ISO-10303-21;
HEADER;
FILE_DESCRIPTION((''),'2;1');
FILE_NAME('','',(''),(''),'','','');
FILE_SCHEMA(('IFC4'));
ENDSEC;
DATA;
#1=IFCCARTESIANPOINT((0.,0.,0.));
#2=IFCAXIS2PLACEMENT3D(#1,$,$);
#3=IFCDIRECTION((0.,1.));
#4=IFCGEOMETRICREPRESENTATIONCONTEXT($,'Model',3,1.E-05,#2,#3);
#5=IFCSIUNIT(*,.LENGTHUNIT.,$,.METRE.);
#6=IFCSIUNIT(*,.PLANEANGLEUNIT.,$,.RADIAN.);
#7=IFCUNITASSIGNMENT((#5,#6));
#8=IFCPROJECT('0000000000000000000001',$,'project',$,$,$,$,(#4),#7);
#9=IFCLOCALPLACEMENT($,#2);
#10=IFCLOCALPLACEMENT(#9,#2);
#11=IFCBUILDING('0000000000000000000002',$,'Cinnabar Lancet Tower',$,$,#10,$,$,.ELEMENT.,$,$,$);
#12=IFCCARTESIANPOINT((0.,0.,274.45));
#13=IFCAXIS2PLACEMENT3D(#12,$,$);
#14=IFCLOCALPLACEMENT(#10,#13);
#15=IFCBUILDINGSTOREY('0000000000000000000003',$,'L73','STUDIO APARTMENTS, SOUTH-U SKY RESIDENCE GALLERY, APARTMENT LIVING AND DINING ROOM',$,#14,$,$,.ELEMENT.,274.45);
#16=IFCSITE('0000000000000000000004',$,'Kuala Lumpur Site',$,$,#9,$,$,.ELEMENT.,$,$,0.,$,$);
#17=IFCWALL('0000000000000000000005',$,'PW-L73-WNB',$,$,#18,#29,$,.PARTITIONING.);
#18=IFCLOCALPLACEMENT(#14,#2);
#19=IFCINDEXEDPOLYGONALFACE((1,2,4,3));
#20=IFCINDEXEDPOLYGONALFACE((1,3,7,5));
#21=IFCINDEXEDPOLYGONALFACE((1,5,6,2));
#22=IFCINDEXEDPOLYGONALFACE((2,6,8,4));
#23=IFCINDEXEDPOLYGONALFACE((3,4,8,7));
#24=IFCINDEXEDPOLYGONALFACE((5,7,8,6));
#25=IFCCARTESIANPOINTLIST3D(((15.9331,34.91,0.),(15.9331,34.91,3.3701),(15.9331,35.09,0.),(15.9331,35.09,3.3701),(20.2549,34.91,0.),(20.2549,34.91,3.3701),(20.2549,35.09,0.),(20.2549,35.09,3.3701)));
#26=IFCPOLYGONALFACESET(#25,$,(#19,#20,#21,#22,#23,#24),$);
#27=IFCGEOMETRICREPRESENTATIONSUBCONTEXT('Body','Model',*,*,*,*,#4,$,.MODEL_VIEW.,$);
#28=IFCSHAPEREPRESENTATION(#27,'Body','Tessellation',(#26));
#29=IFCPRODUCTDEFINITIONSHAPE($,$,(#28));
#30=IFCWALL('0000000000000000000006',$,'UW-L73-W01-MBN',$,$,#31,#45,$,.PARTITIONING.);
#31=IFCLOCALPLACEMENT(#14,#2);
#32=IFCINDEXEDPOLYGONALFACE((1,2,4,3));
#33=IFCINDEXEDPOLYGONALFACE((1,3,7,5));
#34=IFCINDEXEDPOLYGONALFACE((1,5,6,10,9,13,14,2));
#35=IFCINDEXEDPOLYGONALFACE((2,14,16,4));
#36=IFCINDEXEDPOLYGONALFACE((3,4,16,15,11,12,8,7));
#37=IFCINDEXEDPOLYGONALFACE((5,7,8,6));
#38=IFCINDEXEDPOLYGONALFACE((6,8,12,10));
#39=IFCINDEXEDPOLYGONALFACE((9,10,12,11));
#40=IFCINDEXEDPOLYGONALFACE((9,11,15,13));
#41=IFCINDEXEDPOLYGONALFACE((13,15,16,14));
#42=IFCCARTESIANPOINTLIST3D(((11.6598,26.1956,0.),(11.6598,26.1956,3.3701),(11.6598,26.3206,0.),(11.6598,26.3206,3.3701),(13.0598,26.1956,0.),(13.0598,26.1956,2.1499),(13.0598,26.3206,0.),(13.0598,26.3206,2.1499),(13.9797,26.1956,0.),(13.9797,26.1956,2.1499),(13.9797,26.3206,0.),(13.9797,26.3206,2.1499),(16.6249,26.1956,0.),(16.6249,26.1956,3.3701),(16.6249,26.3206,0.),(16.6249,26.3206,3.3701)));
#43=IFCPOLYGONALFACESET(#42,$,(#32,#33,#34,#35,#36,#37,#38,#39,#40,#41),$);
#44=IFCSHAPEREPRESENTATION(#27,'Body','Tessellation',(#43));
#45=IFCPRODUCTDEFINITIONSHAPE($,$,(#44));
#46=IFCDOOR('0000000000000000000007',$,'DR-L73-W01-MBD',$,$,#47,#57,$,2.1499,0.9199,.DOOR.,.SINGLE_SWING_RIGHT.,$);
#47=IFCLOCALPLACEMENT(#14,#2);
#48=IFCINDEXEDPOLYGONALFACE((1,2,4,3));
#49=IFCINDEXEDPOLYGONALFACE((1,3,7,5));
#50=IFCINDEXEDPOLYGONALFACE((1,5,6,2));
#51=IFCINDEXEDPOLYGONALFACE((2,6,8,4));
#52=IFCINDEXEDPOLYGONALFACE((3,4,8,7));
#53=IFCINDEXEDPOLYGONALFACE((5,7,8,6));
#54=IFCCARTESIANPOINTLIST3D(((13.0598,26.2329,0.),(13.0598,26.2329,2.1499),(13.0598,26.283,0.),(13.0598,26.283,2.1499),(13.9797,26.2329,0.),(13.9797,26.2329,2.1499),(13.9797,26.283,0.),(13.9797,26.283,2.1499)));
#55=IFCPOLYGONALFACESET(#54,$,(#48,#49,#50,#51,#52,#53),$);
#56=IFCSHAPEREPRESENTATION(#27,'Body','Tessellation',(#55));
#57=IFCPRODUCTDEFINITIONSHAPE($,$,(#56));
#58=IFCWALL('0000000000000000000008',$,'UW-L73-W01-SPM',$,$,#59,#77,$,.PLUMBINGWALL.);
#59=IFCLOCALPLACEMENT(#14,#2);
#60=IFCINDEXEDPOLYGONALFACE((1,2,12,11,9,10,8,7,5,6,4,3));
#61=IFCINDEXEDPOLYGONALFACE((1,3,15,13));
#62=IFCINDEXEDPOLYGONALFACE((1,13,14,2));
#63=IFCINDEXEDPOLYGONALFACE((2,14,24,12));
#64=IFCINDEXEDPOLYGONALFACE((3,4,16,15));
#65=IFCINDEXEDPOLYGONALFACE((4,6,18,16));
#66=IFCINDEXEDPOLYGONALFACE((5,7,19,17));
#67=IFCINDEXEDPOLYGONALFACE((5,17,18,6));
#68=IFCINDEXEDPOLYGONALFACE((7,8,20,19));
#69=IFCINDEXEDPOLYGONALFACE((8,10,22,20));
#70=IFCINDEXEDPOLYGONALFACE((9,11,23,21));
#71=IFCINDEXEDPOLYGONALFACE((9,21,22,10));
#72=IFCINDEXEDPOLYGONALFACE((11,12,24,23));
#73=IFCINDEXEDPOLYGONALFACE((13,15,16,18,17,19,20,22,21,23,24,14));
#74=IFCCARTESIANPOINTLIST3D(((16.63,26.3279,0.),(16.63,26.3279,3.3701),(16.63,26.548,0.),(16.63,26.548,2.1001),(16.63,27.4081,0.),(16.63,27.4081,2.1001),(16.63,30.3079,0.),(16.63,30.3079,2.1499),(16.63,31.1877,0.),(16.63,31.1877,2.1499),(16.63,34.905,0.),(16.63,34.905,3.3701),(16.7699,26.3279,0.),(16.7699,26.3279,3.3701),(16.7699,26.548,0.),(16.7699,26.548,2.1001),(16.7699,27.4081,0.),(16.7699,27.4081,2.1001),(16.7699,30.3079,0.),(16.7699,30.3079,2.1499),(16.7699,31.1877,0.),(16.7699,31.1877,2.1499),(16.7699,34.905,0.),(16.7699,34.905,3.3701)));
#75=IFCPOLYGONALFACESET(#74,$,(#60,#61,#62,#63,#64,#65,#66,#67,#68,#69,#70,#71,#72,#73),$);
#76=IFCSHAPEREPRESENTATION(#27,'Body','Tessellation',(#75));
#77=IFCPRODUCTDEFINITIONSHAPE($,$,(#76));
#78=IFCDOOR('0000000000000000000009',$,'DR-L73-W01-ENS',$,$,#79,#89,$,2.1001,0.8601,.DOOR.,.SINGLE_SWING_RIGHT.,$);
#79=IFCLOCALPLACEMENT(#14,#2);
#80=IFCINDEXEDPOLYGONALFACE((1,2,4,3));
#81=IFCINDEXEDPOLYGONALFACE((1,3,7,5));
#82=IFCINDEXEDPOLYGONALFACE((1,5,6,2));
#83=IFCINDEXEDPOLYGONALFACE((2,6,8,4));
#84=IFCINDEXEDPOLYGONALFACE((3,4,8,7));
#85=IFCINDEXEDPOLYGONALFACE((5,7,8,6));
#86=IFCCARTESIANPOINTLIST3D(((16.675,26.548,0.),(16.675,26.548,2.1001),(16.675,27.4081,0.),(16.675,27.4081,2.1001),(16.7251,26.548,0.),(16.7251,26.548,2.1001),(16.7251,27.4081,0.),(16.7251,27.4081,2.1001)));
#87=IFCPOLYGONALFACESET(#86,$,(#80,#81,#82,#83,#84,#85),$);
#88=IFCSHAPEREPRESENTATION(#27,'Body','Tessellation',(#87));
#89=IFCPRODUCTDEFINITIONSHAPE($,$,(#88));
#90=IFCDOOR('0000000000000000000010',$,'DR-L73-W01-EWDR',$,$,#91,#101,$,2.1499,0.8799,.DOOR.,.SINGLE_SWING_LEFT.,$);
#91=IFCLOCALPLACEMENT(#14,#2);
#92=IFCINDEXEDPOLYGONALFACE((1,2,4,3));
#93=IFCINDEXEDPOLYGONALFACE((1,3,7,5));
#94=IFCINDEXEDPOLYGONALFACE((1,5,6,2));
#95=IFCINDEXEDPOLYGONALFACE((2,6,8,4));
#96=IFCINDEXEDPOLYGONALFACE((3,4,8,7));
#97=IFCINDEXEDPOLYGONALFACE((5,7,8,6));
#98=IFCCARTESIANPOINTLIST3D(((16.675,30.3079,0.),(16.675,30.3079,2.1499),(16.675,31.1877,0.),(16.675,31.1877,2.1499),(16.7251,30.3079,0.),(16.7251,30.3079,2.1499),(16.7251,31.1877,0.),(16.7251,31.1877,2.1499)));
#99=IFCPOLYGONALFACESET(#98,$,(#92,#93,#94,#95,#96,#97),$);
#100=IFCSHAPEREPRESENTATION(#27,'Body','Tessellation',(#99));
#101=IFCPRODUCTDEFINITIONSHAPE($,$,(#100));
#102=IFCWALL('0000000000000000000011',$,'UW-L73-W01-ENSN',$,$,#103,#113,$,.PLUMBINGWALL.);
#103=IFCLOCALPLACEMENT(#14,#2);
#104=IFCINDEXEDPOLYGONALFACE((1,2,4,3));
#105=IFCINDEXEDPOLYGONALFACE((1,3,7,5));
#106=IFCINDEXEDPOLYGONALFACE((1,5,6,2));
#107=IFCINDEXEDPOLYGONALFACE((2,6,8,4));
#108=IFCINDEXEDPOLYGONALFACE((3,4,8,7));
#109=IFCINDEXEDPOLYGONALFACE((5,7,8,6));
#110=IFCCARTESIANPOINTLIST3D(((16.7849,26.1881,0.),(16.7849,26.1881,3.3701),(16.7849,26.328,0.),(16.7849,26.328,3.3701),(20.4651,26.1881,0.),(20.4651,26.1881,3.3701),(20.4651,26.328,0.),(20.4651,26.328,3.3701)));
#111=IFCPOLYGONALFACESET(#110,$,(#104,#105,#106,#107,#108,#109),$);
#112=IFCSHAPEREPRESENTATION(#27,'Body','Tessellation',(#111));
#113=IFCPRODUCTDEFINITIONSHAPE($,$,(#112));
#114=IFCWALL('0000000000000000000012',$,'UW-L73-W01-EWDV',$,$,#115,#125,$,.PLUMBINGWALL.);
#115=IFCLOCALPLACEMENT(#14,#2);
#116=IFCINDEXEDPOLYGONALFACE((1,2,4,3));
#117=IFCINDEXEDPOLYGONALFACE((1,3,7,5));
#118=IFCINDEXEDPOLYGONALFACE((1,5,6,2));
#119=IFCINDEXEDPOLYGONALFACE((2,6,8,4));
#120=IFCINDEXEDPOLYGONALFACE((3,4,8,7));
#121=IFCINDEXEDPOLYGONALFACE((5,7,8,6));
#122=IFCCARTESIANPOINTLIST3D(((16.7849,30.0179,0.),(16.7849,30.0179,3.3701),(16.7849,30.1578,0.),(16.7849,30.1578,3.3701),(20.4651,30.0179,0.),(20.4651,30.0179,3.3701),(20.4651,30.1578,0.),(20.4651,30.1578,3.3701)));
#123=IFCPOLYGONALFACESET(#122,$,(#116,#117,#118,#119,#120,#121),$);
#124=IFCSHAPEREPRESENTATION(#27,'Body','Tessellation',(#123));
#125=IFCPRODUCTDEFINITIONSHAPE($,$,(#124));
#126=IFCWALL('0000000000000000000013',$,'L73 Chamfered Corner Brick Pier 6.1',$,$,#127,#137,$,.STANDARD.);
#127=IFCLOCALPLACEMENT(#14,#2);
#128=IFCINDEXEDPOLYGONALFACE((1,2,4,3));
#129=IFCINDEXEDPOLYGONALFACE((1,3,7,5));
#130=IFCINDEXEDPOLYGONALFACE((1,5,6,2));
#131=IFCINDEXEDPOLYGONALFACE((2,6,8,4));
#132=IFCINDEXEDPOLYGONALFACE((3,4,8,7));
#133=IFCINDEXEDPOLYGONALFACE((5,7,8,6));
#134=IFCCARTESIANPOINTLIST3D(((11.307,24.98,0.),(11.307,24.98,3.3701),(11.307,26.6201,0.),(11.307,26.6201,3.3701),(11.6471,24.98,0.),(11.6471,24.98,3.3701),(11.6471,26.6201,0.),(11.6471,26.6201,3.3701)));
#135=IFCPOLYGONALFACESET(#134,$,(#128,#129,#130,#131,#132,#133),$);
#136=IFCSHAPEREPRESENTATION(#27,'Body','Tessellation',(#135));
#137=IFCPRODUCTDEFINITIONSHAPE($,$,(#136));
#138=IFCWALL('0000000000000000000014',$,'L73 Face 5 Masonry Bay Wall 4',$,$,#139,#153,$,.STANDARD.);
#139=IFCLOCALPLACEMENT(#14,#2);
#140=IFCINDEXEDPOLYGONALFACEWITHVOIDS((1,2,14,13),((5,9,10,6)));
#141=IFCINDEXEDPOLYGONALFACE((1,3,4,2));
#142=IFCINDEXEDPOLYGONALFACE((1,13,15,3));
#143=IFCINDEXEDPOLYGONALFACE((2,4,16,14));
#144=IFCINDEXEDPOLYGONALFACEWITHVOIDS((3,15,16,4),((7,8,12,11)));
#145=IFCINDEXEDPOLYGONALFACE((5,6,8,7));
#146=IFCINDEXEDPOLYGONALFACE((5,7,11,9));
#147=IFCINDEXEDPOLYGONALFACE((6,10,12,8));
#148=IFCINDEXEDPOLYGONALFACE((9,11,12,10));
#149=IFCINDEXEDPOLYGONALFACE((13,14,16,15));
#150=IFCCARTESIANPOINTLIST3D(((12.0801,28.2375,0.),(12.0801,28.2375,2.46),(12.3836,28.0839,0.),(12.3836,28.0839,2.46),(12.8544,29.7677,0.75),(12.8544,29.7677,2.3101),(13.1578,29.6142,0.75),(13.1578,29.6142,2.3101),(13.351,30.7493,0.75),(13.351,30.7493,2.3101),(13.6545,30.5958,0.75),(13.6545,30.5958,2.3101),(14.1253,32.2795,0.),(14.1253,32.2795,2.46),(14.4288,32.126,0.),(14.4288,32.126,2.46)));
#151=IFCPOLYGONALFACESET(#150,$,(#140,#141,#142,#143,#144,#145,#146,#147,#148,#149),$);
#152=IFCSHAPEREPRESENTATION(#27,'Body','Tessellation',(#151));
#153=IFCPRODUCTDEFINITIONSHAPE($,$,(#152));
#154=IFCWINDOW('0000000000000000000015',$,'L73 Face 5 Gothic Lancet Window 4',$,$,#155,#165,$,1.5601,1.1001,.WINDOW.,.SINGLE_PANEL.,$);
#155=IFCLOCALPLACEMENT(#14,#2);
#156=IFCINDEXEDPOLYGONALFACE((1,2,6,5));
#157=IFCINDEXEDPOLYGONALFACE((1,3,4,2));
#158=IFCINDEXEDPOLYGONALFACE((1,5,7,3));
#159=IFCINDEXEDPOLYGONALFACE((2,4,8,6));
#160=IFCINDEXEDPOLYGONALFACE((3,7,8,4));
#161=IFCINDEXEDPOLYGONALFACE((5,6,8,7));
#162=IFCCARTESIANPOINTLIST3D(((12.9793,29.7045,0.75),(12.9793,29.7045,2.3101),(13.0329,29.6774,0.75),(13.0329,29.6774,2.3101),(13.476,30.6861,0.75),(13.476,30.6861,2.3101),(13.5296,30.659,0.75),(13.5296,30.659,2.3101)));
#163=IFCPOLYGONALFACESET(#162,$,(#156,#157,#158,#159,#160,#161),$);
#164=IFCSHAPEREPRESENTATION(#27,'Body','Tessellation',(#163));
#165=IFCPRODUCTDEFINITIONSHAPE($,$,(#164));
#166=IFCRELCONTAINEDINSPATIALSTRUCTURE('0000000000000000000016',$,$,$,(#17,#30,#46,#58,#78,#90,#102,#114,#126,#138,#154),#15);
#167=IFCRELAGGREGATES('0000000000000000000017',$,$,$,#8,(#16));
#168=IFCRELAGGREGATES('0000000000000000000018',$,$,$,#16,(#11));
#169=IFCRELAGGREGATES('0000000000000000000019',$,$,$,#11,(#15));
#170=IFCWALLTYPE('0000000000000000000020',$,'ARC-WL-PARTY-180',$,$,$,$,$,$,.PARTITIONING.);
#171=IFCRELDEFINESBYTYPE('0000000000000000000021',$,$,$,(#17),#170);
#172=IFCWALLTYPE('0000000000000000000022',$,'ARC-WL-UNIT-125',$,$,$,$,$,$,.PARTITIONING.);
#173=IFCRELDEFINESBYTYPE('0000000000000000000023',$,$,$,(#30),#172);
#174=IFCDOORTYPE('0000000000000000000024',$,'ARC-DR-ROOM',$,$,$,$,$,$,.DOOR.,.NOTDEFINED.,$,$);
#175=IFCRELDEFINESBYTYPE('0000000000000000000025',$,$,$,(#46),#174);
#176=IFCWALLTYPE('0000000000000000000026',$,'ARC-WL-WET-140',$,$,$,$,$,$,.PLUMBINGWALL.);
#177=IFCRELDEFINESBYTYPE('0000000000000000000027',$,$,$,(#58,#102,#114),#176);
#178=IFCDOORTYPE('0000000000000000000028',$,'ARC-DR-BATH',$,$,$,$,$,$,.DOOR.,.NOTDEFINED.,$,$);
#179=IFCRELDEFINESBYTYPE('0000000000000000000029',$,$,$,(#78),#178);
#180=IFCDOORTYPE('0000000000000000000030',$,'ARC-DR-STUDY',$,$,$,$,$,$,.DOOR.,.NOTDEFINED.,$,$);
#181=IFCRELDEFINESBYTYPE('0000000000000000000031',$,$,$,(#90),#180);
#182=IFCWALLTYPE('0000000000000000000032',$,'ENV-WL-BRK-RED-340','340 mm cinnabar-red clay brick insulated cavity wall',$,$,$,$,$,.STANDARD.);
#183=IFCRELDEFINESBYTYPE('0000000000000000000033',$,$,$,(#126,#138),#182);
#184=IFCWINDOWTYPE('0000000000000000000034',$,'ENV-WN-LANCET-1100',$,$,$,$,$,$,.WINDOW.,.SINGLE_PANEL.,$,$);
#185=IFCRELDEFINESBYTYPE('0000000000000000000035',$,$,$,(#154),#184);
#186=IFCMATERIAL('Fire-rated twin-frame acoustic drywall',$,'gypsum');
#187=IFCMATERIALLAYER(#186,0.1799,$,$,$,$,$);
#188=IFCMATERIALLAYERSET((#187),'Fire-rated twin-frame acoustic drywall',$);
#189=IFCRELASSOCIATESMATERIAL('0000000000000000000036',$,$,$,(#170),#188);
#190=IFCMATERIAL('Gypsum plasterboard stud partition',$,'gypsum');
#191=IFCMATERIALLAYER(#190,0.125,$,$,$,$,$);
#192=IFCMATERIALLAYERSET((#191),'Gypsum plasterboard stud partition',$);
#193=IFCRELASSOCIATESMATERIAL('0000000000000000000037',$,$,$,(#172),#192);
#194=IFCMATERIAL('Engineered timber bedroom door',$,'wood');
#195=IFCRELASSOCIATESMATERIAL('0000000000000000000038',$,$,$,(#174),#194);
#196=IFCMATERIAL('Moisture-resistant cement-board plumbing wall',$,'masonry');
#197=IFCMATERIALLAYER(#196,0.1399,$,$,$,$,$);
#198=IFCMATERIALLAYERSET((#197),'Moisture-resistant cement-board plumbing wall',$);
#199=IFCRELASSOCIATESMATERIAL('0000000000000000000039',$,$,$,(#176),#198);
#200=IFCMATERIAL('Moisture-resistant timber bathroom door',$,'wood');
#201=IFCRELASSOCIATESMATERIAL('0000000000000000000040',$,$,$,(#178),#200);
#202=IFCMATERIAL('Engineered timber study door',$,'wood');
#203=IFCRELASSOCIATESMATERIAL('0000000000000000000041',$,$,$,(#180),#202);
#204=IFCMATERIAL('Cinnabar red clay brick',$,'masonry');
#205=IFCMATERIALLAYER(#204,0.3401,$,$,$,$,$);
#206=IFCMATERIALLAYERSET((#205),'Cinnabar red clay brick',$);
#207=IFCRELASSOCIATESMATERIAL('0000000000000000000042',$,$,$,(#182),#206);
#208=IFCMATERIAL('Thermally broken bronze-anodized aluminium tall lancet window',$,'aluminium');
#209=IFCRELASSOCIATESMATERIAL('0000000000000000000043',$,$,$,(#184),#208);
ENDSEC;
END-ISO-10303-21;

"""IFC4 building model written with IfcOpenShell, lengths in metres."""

from ifc_helpers import new_model, si_unit, direction, frame, frame_2d, origin, place, context, subcontext, project, spatial, rectangle, extrude, material, layer, layer_set, type_object, element, fill, save


model = new_model("IFC4")

# Units and contexts
model_context = context("Model", 3, precision=1e-05, world=origin(), true_north=direction((0.0, 1.0)))
body_context = subcontext(model_context, "Body", "Model", "MODEL_VIEW")
ifc_project = project(units=[si_unit("LENGTHUNIT", "METRE"), si_unit("PLANEANGLEUNIT", "RADIAN")], contexts=[model_context])

# Site, building, storey
site_placement = place(None, origin())
site = spatial("IfcSite", under=ifc_project, at=site_placement, Name="Kuala Lumpur Site", CompositionType="ELEMENT", RefElevation=0.0)
building_placement = place(site_placement, origin())
building = spatial("IfcBuilding", under=site, at=building_placement, Name="Cinnabar Lancet Tower", CompositionType="ELEMENT")
storey_placement = place(building_placement, frame((0.0, 0.0, 274.45)))
storey = spatial("IfcBuildingStorey", under=building, at=storey_placement, Name="L73", Description="STUDIO APARTMENTS, SOUTH-U SKY RESIDENCE GALLERY, APARTMENT LIVING AND DINING ROOM", CompositionType="ELEMENT", Elevation=274.45)

# Wall
ifc_material_1 = material(Name="Fire-rated twin-frame acoustic drywall", Category="gypsum")
ifc_layer_1 = layer(ifc_material_1, 0.1799)
ifc_layer_set_1 = layer_set([ifc_layer_1], Name="Fire-rated twin-frame acoustic drywall")
wall_type_1 = type_object("IfcWallType", Name="ARC-WL-PARTY-180", PredefinedType="PARTITIONING", material=ifc_layer_set_1)
wall_1_placement = place(storey_placement, frame((15.9331, 35.0, 0.0), z_axis=(0.0, 0.0, 1.0), x_axis=(1.0, 0.0, 0.0)))
element("IfcWall", 1, at=wall_1_placement, inside=storey, type_object=wall_type_1, Name="PW-L73-WNB", PredefinedType="PARTITIONING", context=body_context, shape_type="SweptSolid", body=[
    extrude(rectangle(XDim=4.3218, YDim=0.1799, at=frame_2d((2.1609, 0.0))), origin(), (0.0, 0.0, 1.0), 3.3701),
])

# Wall, opening, door
ifc_material_2 = material(Name="Gypsum plasterboard stud partition", Category="gypsum")
ifc_layer_2 = layer(ifc_material_2, 0.125)
ifc_layer_set_2 = layer_set([ifc_layer_2], Name="Gypsum plasterboard stud partition")
wall_type_2 = type_object("IfcWallType", Name="ARC-WL-UNIT-125", PredefinedType="PARTITIONING", material=ifc_layer_set_2)
wall_2_placement = place(storey_placement, frame((11.6599, 26.2581, 0.0), z_axis=(0.0, 0.0, 1.0), x_axis=(1.0, 0.0, 0.0)))
wall_2 = element("IfcWall", 2, at=wall_2_placement, inside=storey, type_object=wall_type_2, Name="UW-L73-W01-MBN", PredefinedType="PARTITIONING", context=body_context, shape_type="SweptSolid", body=[
    extrude(rectangle(XDim=4.9651, YDim=0.125, at=frame_2d((2.4824, 0.0))), origin(), (0.0, 0.0, 1.0), 3.3701),
])
opening_1_placement = place(wall_2_placement, frame((1.3999, 0.0, 0.0)))
opening_1 = element("IfcOpeningElement", 3, at=opening_1_placement, cuts=wall_2, PredefinedType="OPENING", context=body_context, shape_type="SweptSolid", body=[
    extrude(rectangle(XDim=0.9199, YDim=2.1499, at=frame_2d((0.46, 1.075))), frame((0.0, 0.0725, 0.0), z_axis=(0.0, -1.0, 0.0), x_axis=(1.0, 0.0, 0.0)), (0.0, 0.0, 1.0), 0.145),
])
ifc_material_3 = material(Name="Engineered timber bedroom door", Category="wood")
door_type_1 = type_object("IfcDoorType", Name="ARC-DR-ROOM", OperationType="NOTDEFINED", PredefinedType="DOOR", material=ifc_material_3)
door_1_placement = place(opening_1_placement, origin())
door_1 = element("IfcDoor", 4, at=door_1_placement, inside=storey, type_object=door_type_1, Name="DR-L73-W01-MBD", OperationType="SINGLE_SWING_RIGHT", OverallHeight=2.1499, OverallWidth=0.9199, PredefinedType="DOOR", context=body_context, shape_type="SweptSolid", body=[
    extrude(rectangle(XDim=0.9199, YDim=2.1499, at=frame_2d((0.46, 1.075))), frame((0.0, 0.0249, 0.0), z_axis=(0.0, -1.0, 0.0), x_axis=(1.0, 0.0, 0.0)), (0.0, 0.0, 1.0), 0.05),
])
fill(opening_1, door_1)

# Wall, openings, doors
ifc_material_4 = material(Name="Moisture-resistant cement-board plumbing wall", Category="masonry")
ifc_layer_3 = layer(ifc_material_4, 0.1399)
ifc_layer_set_3 = layer_set([ifc_layer_3], Name="Moisture-resistant cement-board plumbing wall")
wall_type_3 = type_object("IfcWallType", Name="ARC-WL-WET-140", PredefinedType="PLUMBINGWALL", material=ifc_layer_set_3)
wall_3_placement = place(storey_placement, frame((16.7, 26.3279, 0.0), z_axis=(0.0, 0.0, 1.0), x_axis=(0.0, 1.0, 0.0)))
wall_3 = element("IfcWall", 5, at=wall_3_placement, inside=storey, type_object=wall_type_3, Name="UW-L73-W01-SPM", PredefinedType="PLUMBINGWALL", context=body_context, shape_type="SweptSolid", body=[
    extrude(rectangle(XDim=8.5771, YDim=0.1399, at=frame_2d((4.2886, 0.0))), origin(), (0.0, 0.0, 1.0), 3.3701),
])
opening_2_placement = place(wall_3_placement, frame((0.22, 0.0, 0.0)))
opening_2 = element("IfcOpeningElement", 6, at=opening_2_placement, cuts=wall_3, PredefinedType="OPENING", context=body_context, shape_type="SweptSolid", body=[
    extrude(rectangle(XDim=0.8601, YDim=2.1001, at=frame_2d((0.4302, 1.05))), frame((0.0, 0.0798, 0.0), z_axis=(0.0, -1.0, 0.0), x_axis=(1.0, 0.0, 0.0)), (0.0, 0.0, 1.0), 0.1599),
])
opening_3_placement = place(wall_3_placement, frame((3.98, 0.0, 0.0)))
opening_3 = element("IfcOpeningElement", 7, at=opening_3_placement, cuts=wall_3, PredefinedType="OPENING", context=body_context, shape_type="SweptSolid", body=[
    extrude(rectangle(XDim=0.8799, YDim=2.1499, at=frame_2d((0.4399, 1.075))), frame((0.0, 0.0798, 0.0), z_axis=(0.0, -1.0, 0.0), x_axis=(1.0, 0.0, 0.0)), (0.0, 0.0, 1.0), 0.1599),
])
ifc_material_5 = material(Name="Moisture-resistant timber bathroom door", Category="wood")
door_type_2 = type_object("IfcDoorType", Name="ARC-DR-BATH", OperationType="NOTDEFINED", PredefinedType="DOOR", material=ifc_material_5)
door_2_placement = place(opening_2_placement, origin())
door_2 = element("IfcDoor", 8, at=door_2_placement, inside=storey, type_object=door_type_2, Name="DR-L73-W01-ENS", OperationType="SINGLE_SWING_RIGHT", OverallHeight=2.1001, OverallWidth=0.8601, PredefinedType="DOOR", context=body_context, shape_type="SweptSolid", body=[
    extrude(rectangle(XDim=0.8601, YDim=2.1001, at=frame_2d((0.4302, 1.05))), frame((0.0, 0.0249, 0.0), z_axis=(0.0, -1.0, 0.0), x_axis=(1.0, 0.0, 0.0)), (0.0, 0.0, 1.0), 0.05),
])
fill(opening_2, door_2)
ifc_material_6 = material(Name="Engineered timber study door", Category="wood")
door_type_3 = type_object("IfcDoorType", Name="ARC-DR-STUDY", OperationType="NOTDEFINED", PredefinedType="DOOR", material=ifc_material_6)
door_3_placement = place(opening_3_placement, origin())
door_3 = element("IfcDoor", 9, at=door_3_placement, inside=storey, type_object=door_type_3, Name="DR-L73-W01-EWDR", OperationType="SINGLE_SWING_LEFT", OverallHeight=2.1499, OverallWidth=0.8799, PredefinedType="DOOR", context=body_context, shape_type="SweptSolid", body=[
    extrude(rectangle(XDim=0.8799, YDim=2.1499, at=frame_2d((0.4399, 1.075))), frame((0.0, 0.0249, 0.0), z_axis=(0.0, -1.0, 0.0), x_axis=(1.0, 0.0, 0.0)), (0.0, 0.0, 1.0), 0.05),
])
fill(opening_3, door_3)

# Walls
for number, where, z_axis, x_axis, name in (
    (10, (16.7849, 26.2581, 0.0), (0.0, 0.0, 1.0), (1.0, 0.0, 0.0), "UW-L73-W01-ENSN"),
    (11, (16.7849, 30.0879, 0.0), (0.0, 0.0, 1.0), (1.0, 0.0, 0.0), "UW-L73-W01-EWDV"),
):
    element("IfcWall", number, at=place(storey_placement, frame(where, z_axis=z_axis, x_axis=x_axis)), inside=storey, type_object=wall_type_3, Name=name, PredefinedType="PLUMBINGWALL", context=body_context, shape_type="SweptSolid", body=[
        extrude(rectangle(XDim=3.6802, YDim=0.1399, at=frame_2d((1.8401, 0.0))), origin(), (0.0, 0.0, 1.0), 3.3701),
    ])
ifc_material_7 = material(Name="Cinnabar red clay brick", Category="masonry")
ifc_layer_4 = layer(ifc_material_7, 0.3401)
ifc_layer_set_4 = layer_set([ifc_layer_4], Name="Cinnabar red clay brick")
wall_type_4 = type_object("IfcWallType", Name="ENV-WL-BRK-RED-340", Description="340 mm cinnabar-red clay brick insulated cavity wall", PredefinedType="STANDARD", material=ifc_layer_set_4)
wall_4_placement = place(storey_placement, frame((11.4771, 26.6201, 0.0), z_axis=(0.0, 0.0, 1.0), x_axis=(0.0, -1.0, 0.0)))
element("IfcWall", 12, at=wall_4_placement, inside=storey, type_object=wall_type_4, Name="L73 Chamfered Corner Brick Pier 6.1", PredefinedType="STANDARD", context=body_context, shape_type="SweptSolid", body=[
    extrude(rectangle(XDim=1.6401, YDim=0.3401, at=frame_2d((0.8201, 0.0))), origin(), (0.0, 0.0, 1.0), 3.3701),
])

# Wall, opening, window
wall_5_placement = place(storey_placement, frame((14.2771, 32.2029, 0.0), z_axis=(0.0, 0.0, 1.0), x_axis=(-0.451477, -0.892283, 0.0)))
wall_5 = element("IfcWall", 13, at=wall_5_placement, inside=storey, type_object=wall_type_4, Name="L73 Face 5 Masonry Bay Wall 4", PredefinedType="STANDARD", context=body_context, shape_type="SweptSolid", body=[
    extrude(rectangle(XDim=4.53, YDim=0.3401, at=frame_2d((2.2651, 0.0))), origin(), (0.0, 0.0, 1.0), 2.46),
])
opening_4_placement = place(wall_5_placement, frame((1.7151, 0.0, 0.75)))
opening_4 = element("IfcOpeningElement", 14, at=opening_4_placement, cuts=wall_5, PredefinedType="OPENING", context=body_context, shape_type="SweptSolid", body=[
    extrude(rectangle(XDim=1.1001, YDim=1.5601, at=frame_2d((0.55, 0.78))), frame((0.0, 0.1799, 0.0), z_axis=(0.0, -1.0, 0.0), x_axis=(1.0, 0.0, 0.0)), (0.0, 0.0, 1.0), 0.3601),
])
ifc_material_8 = material(Name="Thermally broken bronze-anodized aluminium tall lancet window", Category="aluminium")
window_type = type_object("IfcWindowType", Name="ENV-WN-LANCET-1100", PartitioningType="SINGLE_PANEL", PredefinedType="WINDOW", material=ifc_material_8)
window_placement = place(opening_4_placement, origin())
window = element("IfcWindow", 15, at=window_placement, inside=storey, type_object=window_type, Name="L73 Face 5 Gothic Lancet Window 4", OverallHeight=1.5601, OverallWidth=1.1001, PartitioningType="SINGLE_PANEL", PredefinedType="WINDOW", context=body_context, shape_type="SweptSolid", body=[
    extrude(rectangle(XDim=1.1001, YDim=1.5601, at=frame_2d((0.55, 0.78))), frame((0.0, 0.03, 0.0), z_axis=(0.0, -1.0, 0.0), x_axis=(1.0, 0.0, 0.0)), (0.0, 0.0, 1.0), 0.0601),
])
fill(opening_4, window)

save(model, "model.ifc")
